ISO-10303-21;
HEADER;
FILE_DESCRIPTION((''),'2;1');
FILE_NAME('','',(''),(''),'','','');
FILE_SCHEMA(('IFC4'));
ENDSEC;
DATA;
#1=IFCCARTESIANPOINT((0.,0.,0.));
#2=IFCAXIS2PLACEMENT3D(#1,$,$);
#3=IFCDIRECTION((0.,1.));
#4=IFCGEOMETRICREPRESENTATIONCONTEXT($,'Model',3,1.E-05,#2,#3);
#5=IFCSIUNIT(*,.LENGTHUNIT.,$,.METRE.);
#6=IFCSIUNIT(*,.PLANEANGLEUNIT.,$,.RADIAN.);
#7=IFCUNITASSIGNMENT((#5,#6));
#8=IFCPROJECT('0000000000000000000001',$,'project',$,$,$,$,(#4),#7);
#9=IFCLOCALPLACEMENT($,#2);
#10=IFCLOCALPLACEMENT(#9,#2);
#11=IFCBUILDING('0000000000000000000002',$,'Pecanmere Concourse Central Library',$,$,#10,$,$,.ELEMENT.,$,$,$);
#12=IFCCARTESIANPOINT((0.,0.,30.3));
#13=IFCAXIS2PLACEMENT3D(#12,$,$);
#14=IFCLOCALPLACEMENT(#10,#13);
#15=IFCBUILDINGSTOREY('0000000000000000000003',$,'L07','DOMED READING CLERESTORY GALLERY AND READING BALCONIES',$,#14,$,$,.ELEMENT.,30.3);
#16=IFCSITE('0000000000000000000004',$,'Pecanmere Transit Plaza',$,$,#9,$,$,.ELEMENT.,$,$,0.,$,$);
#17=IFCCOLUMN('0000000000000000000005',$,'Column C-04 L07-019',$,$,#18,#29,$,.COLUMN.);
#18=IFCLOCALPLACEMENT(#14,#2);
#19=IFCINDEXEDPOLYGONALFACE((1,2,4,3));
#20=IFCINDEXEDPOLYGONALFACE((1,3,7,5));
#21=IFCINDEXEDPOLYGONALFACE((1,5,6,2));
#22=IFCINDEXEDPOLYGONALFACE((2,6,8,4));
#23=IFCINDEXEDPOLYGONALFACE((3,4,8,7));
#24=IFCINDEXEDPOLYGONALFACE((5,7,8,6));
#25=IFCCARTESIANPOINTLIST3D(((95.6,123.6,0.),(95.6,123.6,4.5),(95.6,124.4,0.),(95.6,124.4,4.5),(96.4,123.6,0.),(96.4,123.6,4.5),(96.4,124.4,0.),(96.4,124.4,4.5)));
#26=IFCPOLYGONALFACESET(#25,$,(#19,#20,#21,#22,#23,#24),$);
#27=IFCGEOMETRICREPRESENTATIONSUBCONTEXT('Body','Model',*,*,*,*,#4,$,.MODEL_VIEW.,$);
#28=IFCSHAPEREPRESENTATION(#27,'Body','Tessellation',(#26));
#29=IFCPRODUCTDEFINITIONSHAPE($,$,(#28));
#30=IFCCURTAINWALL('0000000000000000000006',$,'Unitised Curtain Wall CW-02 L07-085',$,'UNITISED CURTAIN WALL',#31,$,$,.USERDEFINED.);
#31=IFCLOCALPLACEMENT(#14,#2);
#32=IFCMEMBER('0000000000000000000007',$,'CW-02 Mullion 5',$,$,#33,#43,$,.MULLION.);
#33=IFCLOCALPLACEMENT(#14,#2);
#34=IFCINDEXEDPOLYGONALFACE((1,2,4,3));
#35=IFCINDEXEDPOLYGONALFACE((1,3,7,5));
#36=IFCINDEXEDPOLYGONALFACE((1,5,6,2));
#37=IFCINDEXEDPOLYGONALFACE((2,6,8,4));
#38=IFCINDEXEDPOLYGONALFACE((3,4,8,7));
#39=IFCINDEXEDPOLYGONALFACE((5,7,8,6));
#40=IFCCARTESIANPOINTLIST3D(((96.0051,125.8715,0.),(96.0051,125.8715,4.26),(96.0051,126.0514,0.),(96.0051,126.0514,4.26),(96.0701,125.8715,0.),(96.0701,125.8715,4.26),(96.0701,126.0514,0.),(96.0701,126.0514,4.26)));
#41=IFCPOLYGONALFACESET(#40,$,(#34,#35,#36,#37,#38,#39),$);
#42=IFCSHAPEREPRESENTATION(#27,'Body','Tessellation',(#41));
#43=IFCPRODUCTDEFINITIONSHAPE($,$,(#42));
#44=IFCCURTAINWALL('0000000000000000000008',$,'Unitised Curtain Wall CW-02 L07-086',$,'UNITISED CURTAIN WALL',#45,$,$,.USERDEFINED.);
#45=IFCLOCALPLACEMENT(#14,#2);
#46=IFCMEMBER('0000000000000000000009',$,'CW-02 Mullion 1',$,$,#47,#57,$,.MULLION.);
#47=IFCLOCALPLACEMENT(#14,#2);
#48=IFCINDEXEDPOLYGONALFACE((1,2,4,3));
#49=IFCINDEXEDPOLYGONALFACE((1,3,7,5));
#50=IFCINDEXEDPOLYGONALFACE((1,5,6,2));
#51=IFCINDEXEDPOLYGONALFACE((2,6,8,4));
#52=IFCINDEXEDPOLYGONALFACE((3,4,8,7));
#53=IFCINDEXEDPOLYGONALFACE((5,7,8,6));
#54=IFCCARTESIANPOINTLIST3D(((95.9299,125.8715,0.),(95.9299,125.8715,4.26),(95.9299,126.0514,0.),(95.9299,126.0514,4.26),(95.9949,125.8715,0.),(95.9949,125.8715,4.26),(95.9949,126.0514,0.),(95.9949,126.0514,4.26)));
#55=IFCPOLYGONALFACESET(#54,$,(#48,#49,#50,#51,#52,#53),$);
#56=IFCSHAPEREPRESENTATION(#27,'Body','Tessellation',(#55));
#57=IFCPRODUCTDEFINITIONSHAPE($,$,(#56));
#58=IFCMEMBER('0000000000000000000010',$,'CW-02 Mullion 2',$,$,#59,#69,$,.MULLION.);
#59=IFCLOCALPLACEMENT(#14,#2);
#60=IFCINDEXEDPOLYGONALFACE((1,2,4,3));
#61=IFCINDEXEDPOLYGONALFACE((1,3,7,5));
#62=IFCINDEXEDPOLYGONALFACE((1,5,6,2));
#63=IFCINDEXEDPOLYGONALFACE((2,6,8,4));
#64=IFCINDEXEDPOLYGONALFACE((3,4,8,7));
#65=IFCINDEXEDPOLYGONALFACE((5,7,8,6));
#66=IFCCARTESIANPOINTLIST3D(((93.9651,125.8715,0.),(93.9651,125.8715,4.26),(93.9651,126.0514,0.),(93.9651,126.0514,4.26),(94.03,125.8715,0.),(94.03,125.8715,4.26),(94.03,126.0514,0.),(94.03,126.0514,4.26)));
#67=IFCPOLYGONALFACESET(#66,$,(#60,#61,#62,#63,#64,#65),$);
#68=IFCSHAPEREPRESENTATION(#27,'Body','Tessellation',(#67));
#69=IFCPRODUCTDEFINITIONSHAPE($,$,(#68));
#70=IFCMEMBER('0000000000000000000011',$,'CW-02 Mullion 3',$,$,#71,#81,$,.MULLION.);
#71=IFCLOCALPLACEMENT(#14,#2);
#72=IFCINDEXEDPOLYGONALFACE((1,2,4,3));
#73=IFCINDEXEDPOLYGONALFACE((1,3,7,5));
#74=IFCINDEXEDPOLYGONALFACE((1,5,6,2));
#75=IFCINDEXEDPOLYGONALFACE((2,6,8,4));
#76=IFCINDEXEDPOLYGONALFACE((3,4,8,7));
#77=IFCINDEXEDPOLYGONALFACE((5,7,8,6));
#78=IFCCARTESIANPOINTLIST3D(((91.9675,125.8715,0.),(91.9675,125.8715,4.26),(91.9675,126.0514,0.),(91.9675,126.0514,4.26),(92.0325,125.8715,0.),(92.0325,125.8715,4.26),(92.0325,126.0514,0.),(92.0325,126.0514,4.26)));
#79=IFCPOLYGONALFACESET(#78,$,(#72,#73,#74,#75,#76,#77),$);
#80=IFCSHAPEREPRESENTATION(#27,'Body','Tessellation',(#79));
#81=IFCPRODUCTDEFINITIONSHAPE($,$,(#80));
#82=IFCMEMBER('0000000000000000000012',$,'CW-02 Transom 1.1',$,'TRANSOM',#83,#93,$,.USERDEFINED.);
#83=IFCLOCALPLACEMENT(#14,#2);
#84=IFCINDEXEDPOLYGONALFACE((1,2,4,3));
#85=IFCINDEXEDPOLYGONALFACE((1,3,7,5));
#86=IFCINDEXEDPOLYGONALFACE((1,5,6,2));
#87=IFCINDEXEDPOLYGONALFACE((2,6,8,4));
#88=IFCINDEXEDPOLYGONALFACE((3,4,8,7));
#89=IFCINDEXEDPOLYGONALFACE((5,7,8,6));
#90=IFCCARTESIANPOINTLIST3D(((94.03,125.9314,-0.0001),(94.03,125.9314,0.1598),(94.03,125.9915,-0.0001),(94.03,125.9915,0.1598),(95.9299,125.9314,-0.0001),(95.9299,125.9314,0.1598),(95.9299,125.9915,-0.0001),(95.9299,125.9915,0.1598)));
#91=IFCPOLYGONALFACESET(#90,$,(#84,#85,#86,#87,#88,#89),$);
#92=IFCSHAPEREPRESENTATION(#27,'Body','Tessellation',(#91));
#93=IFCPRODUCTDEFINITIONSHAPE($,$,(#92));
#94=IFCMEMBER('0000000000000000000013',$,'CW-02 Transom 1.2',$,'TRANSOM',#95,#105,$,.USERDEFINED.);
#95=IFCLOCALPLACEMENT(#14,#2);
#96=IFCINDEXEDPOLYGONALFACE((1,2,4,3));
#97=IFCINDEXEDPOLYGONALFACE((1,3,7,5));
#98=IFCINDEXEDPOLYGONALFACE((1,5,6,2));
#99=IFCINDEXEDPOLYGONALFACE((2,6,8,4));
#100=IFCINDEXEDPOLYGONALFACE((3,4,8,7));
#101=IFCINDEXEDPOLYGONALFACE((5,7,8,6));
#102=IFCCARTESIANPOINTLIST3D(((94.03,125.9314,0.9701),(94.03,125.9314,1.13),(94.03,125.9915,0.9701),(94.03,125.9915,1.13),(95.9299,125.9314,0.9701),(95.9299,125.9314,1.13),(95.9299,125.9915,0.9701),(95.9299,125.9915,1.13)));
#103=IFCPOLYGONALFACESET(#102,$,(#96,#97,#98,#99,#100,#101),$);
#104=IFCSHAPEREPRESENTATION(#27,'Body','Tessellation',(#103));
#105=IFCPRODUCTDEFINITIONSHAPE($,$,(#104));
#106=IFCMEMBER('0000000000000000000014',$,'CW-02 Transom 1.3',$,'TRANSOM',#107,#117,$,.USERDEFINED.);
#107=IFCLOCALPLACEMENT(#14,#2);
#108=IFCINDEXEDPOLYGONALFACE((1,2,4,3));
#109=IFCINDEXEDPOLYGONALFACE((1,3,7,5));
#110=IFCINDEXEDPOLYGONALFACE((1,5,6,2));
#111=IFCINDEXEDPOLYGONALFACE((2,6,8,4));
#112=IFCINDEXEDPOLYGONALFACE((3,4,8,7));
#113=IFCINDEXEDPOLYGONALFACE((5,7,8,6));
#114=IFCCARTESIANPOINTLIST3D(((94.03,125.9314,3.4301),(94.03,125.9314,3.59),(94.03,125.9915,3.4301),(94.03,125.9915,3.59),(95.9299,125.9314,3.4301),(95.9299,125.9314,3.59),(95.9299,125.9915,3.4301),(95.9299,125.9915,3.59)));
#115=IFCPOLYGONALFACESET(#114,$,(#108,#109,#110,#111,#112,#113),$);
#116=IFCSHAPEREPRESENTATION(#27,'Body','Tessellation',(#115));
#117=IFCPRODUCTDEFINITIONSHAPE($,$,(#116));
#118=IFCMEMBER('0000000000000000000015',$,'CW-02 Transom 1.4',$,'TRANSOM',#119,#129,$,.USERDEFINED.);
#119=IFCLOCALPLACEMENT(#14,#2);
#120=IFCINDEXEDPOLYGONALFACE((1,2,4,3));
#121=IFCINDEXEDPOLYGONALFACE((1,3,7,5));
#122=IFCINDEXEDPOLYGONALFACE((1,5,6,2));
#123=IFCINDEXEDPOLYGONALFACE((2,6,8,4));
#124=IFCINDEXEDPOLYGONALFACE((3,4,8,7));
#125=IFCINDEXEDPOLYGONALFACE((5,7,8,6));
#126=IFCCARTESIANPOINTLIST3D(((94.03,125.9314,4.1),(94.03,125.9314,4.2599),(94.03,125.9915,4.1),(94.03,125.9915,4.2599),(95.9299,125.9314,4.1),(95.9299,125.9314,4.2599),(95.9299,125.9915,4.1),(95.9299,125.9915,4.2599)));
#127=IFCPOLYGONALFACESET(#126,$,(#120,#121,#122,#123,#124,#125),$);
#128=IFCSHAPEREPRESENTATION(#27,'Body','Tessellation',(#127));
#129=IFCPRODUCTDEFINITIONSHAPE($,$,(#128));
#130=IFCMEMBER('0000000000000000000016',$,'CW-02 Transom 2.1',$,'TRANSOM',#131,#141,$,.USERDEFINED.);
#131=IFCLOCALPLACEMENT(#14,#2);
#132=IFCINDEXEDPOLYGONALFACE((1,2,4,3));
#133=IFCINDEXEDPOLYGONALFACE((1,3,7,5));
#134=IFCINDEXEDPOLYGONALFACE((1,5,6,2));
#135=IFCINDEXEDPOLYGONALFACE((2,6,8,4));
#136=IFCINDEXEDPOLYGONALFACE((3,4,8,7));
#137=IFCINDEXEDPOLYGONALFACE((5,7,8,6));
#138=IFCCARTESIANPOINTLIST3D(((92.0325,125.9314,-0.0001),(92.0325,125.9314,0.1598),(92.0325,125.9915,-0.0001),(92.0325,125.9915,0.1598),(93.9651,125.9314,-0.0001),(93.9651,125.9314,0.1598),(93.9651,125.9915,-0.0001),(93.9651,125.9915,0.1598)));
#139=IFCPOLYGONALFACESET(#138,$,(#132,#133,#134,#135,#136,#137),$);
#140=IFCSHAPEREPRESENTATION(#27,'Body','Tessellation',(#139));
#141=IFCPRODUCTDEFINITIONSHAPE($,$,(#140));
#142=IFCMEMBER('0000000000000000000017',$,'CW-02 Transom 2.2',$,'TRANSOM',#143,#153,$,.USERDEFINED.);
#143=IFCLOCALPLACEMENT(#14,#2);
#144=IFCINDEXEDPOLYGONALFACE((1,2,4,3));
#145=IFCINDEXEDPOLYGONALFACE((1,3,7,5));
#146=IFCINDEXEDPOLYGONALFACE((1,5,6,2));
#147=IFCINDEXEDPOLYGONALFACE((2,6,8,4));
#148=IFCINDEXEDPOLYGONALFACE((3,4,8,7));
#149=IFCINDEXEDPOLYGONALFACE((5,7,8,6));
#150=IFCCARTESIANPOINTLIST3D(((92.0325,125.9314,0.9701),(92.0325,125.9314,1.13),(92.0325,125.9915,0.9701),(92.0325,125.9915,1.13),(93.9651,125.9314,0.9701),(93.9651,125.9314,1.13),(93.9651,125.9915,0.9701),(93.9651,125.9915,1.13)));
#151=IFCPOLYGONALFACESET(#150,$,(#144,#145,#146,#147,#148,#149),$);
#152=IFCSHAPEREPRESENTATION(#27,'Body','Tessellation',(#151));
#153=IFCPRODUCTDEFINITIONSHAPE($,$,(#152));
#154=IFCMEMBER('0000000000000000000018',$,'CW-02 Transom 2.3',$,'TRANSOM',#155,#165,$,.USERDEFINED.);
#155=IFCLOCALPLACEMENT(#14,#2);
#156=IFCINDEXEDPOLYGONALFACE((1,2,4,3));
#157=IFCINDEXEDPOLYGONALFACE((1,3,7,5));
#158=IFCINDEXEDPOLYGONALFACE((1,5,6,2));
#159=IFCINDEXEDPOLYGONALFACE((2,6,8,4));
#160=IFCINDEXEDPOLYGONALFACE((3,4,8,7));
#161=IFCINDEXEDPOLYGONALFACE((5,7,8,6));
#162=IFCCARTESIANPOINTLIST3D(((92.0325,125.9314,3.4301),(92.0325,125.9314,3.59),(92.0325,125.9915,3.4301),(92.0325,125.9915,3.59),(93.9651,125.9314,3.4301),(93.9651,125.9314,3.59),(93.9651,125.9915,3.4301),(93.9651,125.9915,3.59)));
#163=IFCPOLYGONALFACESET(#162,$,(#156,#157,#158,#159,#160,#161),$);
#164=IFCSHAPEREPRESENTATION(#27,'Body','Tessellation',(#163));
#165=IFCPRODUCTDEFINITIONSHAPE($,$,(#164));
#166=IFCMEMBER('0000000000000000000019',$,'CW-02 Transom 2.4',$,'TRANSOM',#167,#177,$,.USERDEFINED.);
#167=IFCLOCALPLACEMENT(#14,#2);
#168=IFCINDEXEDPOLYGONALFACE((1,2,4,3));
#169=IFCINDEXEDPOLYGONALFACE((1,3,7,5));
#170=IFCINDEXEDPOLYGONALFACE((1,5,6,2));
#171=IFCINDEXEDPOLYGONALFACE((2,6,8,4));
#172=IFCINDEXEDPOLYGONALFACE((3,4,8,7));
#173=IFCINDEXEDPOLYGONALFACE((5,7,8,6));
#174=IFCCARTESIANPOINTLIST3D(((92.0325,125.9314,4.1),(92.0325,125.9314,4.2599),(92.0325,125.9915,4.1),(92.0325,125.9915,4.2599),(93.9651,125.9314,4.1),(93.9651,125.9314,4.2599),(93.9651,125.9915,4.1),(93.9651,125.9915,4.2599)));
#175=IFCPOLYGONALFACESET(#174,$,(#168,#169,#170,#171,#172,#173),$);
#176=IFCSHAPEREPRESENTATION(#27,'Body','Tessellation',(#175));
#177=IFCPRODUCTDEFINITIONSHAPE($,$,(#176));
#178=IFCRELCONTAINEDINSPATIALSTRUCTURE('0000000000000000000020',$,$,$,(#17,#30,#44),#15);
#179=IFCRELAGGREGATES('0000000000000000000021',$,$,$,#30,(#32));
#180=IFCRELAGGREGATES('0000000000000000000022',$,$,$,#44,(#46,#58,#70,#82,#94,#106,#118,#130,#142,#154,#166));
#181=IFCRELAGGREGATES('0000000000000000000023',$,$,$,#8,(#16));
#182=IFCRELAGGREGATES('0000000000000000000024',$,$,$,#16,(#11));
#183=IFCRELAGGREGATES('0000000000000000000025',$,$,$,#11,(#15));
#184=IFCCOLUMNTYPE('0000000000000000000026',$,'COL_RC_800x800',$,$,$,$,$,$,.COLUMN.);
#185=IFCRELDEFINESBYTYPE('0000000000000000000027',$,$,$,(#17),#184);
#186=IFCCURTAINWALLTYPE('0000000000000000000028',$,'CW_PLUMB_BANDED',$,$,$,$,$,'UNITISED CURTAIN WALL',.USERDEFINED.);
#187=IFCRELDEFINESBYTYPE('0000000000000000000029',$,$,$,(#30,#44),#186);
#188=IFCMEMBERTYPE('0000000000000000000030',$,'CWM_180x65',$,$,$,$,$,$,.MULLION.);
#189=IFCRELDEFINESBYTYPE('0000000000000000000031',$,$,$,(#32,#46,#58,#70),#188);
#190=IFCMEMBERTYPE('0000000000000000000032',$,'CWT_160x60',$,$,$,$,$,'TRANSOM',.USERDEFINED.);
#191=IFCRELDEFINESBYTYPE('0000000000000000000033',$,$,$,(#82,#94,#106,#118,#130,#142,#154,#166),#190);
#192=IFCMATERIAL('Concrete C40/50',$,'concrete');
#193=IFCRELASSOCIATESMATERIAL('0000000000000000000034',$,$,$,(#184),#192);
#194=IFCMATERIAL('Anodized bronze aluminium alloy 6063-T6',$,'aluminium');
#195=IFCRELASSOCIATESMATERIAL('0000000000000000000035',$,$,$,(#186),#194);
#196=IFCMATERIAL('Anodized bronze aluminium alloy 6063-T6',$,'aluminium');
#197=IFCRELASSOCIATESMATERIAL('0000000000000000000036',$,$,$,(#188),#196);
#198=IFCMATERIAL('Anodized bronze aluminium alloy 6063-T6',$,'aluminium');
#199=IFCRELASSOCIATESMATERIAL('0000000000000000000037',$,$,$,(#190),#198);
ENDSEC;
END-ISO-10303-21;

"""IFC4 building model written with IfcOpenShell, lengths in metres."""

from ifc_helpers import new_model, si_unit, direction, frame, origin, origin_2d, place, context, subcontext, project, spatial, rectangle, extrude, material, material_profile, profile_set, type_object, element, aggregate, save


model = new_model("IFC4")

# Units and contexts
model_context = context("Model", 3, precision=1e-05, world=origin(), true_north=direction((0.0, 1.0)))
body_context = subcontext(model_context, "Body", "Model", "MODEL_VIEW")
ifc_project = project(units=[si_unit("LENGTHUNIT", "METRE"), si_unit("PLANEANGLEUNIT", "RADIAN")], contexts=[model_context])

# Site, building, storey
site_placement = place(None, origin())
site = spatial("IfcSite", under=ifc_project, at=site_placement, Name="Pecanmere Transit Plaza", CompositionType="ELEMENT", RefElevation=0.0)
building_placement = place(site_placement, origin())
building = spatial("IfcBuilding", under=site, at=building_placement, Name="Pecanmere Concourse Central Library", CompositionType="ELEMENT")
storey_placement = place(building_placement, frame((0.0, 0.0, 30.3)))
storey = spatial("IfcBuildingStorey", under=building, at=storey_placement, Name="L07", Description="DOMED READING CLERESTORY GALLERY AND READING BALCONIES", CompositionType="ELEMENT", Elevation=30.3)

# Column
ifc_material_1 = material(Name="Concrete C40/50", Category="concrete")
ifc_material_profile_1 = material_profile(ifc_material_1, rectangle(XDim=0.8, YDim=0.8, at=origin_2d()), Name="RC 800x800")
ifc_profile_set_1 = profile_set([ifc_material_profile_1], Name="Concrete C40/50")
column_type = type_object("IfcColumnType", Name="COL_RC_800x800", PredefinedType="COLUMN", material=ifc_profile_set_1)
column_placement = place(storey_placement, frame((96.0, 124.0, 0.0), z_axis=(0.0, 0.0, 1.0), x_axis=(1.0, 0.0, 0.0)))
element("IfcColumn", 1, at=column_placement, inside=storey, type_object=column_type, Name="Column C-04 L07-019", PredefinedType="COLUMN", context=body_context, shape_type="SweptSolid", body=[
    extrude(rectangle(XDim=0.8, YDim=0.8, at=origin_2d()), origin(), (0.0, 0.0, 1.0), 4.5),
])

# Curtain wall, member
ifc_material_2 = material(Name="Anodized bronze aluminium alloy 6063-T6", Category="aluminium")
curtain_wall_type = type_object("IfcCurtainWallType", Name="CW_PLUMB_BANDED", ElementType="UNITISED CURTAIN WALL", PredefinedType="USERDEFINED", material=ifc_material_2)
curtain_wall_1_placement = place(storey_placement, origin())
curtain_wall_1 = element("IfcCurtainWall", 2, at=curtain_wall_1_placement, inside=storey, type_object=curtain_wall_type, Name="Unitised Curtain Wall CW-02 L07-085", ObjectType="UNITISED CURTAIN WALL", PredefinedType="USERDEFINED")
ifc_material_3 = material(Name="Anodized bronze aluminium alloy 6063-T6", Category="aluminium")
ifc_material_profile_2 = material_profile(ifc_material_3, rectangle(XDim=0.0649, YDim=0.1799, at=origin_2d()), Name="AL 65x180")
ifc_profile_set_2 = profile_set([ifc_material_profile_2], Name="Anodized bronze aluminium alloy 6063-T6")
member_type_1 = type_object("IfcMemberType", Name="CWM_180x65", PredefinedType="MULLION", material=ifc_profile_set_2)
member_1_placement = place(storey_placement, frame((96.0376, 125.9614, 0.0), z_axis=(0.0, 0.0, 1.0), x_axis=(-1.0, 0.0, 0.0)))
member_1 = element("IfcMember", 3, at=member_1_placement, type_object=member_type_1, Name="CW-02 Mullion 5", PredefinedType="MULLION", context=body_context, shape_type="SweptSolid", body=[
    extrude(rectangle(XDim=0.0649, YDim=0.1799, at=origin_2d()), origin(), (0.0, 0.0, 1.0), 4.26),
])
aggregate(curtain_wall_1, [member_1])

# Curtain wall, members
curtain_wall_2_placement = place(storey_placement, origin())
curtain_wall_2 = element("IfcCurtainWall", 4, at=curtain_wall_2_placement, inside=storey, type_object=curtain_wall_type, Name="Unitised Curtain Wall CW-02 L07-086", ObjectType="UNITISED CURTAIN WALL", PredefinedType="USERDEFINED")
member_2_placement = place(storey_placement, frame((95.9624, 125.9614, 0.0), z_axis=(0.0, 0.0, 1.0), x_axis=(-1.0, 0.0, 0.0)))
member_2 = element("IfcMember", 5, at=member_2_placement, type_object=member_type_1, Name="CW-02 Mullion 1", PredefinedType="MULLION", context=body_context, shape_type="SweptSolid", body=[
    extrude(rectangle(XDim=0.0649, YDim=0.1799, at=origin_2d()), origin(), (0.0, 0.0, 1.0), 4.26),
])
member_3_placement = place(storey_placement, frame((93.9976, 125.9614, 0.0), z_axis=(0.0, 0.0, 1.0), x_axis=(-1.0, 0.0, 0.0)))
member_3 = element("IfcMember", 6, at=member_3_placement, type_object=member_type_1, Name="CW-02 Mullion 2", PredefinedType="MULLION", context=body_context, shape_type="SweptSolid", body=[
    extrude(rectangle(XDim=0.0649, YDim=0.1799, at=origin_2d()), origin(), (0.0, 0.0, 1.0), 4.26),
])
member_4_placement = place(storey_placement, frame((92.0, 125.9614, 0.0), z_axis=(0.0, 0.0, 1.0), x_axis=(-1.0, 0.0, 0.0)))
member_4 = element("IfcMember", 7, at=member_4_placement, type_object=member_type_1, Name="CW-02 Mullion 3", PredefinedType="MULLION", context=body_context, shape_type="SweptSolid", body=[
    extrude(rectangle(XDim=0.0649, YDim=0.1799, at=origin_2d()), origin(), (0.0, 0.0, 1.0), 4.26),
])
ifc_material_4 = material(Name="Anodized bronze aluminium alloy 6063-T6", Category="aluminium")
ifc_material_profile_3 = material_profile(ifc_material_4, rectangle(XDim=0.0601, YDim=0.1599, at=origin_2d()), Name="AL 60x160")
ifc_profile_set_3 = profile_set([ifc_material_profile_3], Name="Anodized bronze aluminium alloy 6063-T6")
member_type_2 = type_object("IfcMemberType", Name="CWT_160x60", ElementType="TRANSOM", PredefinedType="USERDEFINED", material=ifc_profile_set_3)
member_5_placement = place(storey_placement, frame((95.9299, 125.9614, 0.0798), z_axis=(-1.0, 0.0, 0.0), x_axis=(0.0, -1.0, 0.0)))
member_5 = element("IfcMember", 8, at=member_5_placement, type_object=member_type_2, Name="CW-02 Transom 1.1", ObjectType="TRANSOM", PredefinedType="USERDEFINED", context=body_context, shape_type="SweptSolid", body=[
    extrude(rectangle(XDim=0.0601, YDim=0.1599, at=origin_2d()), origin(), (0.0, 0.0, 1.0), 1.8999),
])
member_6_placement = place(storey_placement, frame((95.9299, 125.9614, 1.05), z_axis=(-1.0, 0.0, 0.0), x_axis=(0.0, -1.0, 0.0)))
member_6 = element("IfcMember", 9, at=member_6_placement, type_object=member_type_2, Name="CW-02 Transom 1.2", ObjectType="TRANSOM", PredefinedType="USERDEFINED", context=body_context, shape_type="SweptSolid", body=[
    extrude(rectangle(XDim=0.0601, YDim=0.1599, at=origin_2d()), origin(), (0.0, 0.0, 1.0), 1.8999),
])
member_7_placement = place(storey_placement, frame((95.9299, 125.9614, 3.51), z_axis=(-1.0, 0.0, 0.0), x_axis=(0.0, -1.0, 0.0)))
member_7 = element("IfcMember", 10, at=member_7_placement, type_object=member_type_2, Name="CW-02 Transom 1.3", ObjectType="TRANSOM", PredefinedType="USERDEFINED", context=body_context, shape_type="SweptSolid", body=[
    extrude(rectangle(XDim=0.0601, YDim=0.1599, at=origin_2d()), origin(), (0.0, 0.0, 1.0), 1.8999),
])
member_8_placement = place(storey_placement, frame((95.9299, 125.9614, 4.1799), z_axis=(-1.0, 0.0, 0.0), x_axis=(0.0, -1.0, 0.0)))
member_8 = element("IfcMember", 11, at=member_8_placement, type_object=member_type_2, Name="CW-02 Transom 1.4", ObjectType="TRANSOM", PredefinedType="USERDEFINED", context=body_context, shape_type="SweptSolid", body=[
    extrude(rectangle(XDim=0.0601, YDim=0.1599, at=origin_2d()), origin(), (0.0, 0.0, 1.0), 1.8999),
])
member_9_placement = place(storey_placement, frame((93.9651, 125.9614, 0.0798), z_axis=(-1.0, 0.0, 0.0), x_axis=(0.0, -1.0, 0.0)))
member_9 = element("IfcMember", 12, at=member_9_placement, type_object=member_type_2, Name="CW-02 Transom 2.1", ObjectType="TRANSOM", PredefinedType="USERDEFINED", context=body_context, shape_type="SweptSolid", body=[
    extrude(rectangle(XDim=0.0601, YDim=0.1599, at=origin_2d()), origin(), (0.0, 0.0, 1.0), 1.9326),
])
member_10_placement = place(storey_placement, frame((93.9651, 125.9614, 1.05), z_axis=(-1.0, 0.0, 0.0), x_axis=(0.0, -1.0, 0.0)))
member_10 = element("IfcMember", 13, at=member_10_placement, type_object=member_type_2, Name="CW-02 Transom 2.2", ObjectType="TRANSOM", PredefinedType="USERDEFINED", context=body_context, shape_type="SweptSolid", body=[
    extrude(rectangle(XDim=0.0601, YDim=0.1599, at=origin_2d()), origin(), (0.0, 0.0, 1.0), 1.9326),
])
member_11_placement = place(storey_placement, frame((93.9651, 125.9614, 3.51), z_axis=(-1.0, 0.0, 0.0), x_axis=(0.0, -1.0, 0.0)))
member_11 = element("IfcMember", 14, at=member_11_placement, type_object=member_type_2, Name="CW-02 Transom 2.3", ObjectType="TRANSOM", PredefinedType="USERDEFINED", context=body_context, shape_type="SweptSolid", body=[
    extrude(rectangle(XDim=0.0601, YDim=0.1599, at=origin_2d()), origin(), (0.0, 0.0, 1.0), 1.9326),
])
member_12_placement = place(storey_placement, frame((93.9651, 125.9614, 4.1799), z_axis=(-1.0, 0.0, 0.0), x_axis=(0.0, -1.0, 0.0)))
member_12 = element("IfcMember", 15, at=member_12_placement, type_object=member_type_2, Name="CW-02 Transom 2.4", ObjectType="TRANSOM", PredefinedType="USERDEFINED", context=body_context, shape_type="SweptSolid", body=[
    extrude(rectangle(XDim=0.0601, YDim=0.1599, at=origin_2d()), origin(), (0.0, 0.0, 1.0), 1.9326),
])

aggregate(curtain_wall_2, [member_2, member_3, member_4, member_5, member_6, member_7, member_8, member_9, member_10, member_11, member_12])

save(model, "model.ifc")
